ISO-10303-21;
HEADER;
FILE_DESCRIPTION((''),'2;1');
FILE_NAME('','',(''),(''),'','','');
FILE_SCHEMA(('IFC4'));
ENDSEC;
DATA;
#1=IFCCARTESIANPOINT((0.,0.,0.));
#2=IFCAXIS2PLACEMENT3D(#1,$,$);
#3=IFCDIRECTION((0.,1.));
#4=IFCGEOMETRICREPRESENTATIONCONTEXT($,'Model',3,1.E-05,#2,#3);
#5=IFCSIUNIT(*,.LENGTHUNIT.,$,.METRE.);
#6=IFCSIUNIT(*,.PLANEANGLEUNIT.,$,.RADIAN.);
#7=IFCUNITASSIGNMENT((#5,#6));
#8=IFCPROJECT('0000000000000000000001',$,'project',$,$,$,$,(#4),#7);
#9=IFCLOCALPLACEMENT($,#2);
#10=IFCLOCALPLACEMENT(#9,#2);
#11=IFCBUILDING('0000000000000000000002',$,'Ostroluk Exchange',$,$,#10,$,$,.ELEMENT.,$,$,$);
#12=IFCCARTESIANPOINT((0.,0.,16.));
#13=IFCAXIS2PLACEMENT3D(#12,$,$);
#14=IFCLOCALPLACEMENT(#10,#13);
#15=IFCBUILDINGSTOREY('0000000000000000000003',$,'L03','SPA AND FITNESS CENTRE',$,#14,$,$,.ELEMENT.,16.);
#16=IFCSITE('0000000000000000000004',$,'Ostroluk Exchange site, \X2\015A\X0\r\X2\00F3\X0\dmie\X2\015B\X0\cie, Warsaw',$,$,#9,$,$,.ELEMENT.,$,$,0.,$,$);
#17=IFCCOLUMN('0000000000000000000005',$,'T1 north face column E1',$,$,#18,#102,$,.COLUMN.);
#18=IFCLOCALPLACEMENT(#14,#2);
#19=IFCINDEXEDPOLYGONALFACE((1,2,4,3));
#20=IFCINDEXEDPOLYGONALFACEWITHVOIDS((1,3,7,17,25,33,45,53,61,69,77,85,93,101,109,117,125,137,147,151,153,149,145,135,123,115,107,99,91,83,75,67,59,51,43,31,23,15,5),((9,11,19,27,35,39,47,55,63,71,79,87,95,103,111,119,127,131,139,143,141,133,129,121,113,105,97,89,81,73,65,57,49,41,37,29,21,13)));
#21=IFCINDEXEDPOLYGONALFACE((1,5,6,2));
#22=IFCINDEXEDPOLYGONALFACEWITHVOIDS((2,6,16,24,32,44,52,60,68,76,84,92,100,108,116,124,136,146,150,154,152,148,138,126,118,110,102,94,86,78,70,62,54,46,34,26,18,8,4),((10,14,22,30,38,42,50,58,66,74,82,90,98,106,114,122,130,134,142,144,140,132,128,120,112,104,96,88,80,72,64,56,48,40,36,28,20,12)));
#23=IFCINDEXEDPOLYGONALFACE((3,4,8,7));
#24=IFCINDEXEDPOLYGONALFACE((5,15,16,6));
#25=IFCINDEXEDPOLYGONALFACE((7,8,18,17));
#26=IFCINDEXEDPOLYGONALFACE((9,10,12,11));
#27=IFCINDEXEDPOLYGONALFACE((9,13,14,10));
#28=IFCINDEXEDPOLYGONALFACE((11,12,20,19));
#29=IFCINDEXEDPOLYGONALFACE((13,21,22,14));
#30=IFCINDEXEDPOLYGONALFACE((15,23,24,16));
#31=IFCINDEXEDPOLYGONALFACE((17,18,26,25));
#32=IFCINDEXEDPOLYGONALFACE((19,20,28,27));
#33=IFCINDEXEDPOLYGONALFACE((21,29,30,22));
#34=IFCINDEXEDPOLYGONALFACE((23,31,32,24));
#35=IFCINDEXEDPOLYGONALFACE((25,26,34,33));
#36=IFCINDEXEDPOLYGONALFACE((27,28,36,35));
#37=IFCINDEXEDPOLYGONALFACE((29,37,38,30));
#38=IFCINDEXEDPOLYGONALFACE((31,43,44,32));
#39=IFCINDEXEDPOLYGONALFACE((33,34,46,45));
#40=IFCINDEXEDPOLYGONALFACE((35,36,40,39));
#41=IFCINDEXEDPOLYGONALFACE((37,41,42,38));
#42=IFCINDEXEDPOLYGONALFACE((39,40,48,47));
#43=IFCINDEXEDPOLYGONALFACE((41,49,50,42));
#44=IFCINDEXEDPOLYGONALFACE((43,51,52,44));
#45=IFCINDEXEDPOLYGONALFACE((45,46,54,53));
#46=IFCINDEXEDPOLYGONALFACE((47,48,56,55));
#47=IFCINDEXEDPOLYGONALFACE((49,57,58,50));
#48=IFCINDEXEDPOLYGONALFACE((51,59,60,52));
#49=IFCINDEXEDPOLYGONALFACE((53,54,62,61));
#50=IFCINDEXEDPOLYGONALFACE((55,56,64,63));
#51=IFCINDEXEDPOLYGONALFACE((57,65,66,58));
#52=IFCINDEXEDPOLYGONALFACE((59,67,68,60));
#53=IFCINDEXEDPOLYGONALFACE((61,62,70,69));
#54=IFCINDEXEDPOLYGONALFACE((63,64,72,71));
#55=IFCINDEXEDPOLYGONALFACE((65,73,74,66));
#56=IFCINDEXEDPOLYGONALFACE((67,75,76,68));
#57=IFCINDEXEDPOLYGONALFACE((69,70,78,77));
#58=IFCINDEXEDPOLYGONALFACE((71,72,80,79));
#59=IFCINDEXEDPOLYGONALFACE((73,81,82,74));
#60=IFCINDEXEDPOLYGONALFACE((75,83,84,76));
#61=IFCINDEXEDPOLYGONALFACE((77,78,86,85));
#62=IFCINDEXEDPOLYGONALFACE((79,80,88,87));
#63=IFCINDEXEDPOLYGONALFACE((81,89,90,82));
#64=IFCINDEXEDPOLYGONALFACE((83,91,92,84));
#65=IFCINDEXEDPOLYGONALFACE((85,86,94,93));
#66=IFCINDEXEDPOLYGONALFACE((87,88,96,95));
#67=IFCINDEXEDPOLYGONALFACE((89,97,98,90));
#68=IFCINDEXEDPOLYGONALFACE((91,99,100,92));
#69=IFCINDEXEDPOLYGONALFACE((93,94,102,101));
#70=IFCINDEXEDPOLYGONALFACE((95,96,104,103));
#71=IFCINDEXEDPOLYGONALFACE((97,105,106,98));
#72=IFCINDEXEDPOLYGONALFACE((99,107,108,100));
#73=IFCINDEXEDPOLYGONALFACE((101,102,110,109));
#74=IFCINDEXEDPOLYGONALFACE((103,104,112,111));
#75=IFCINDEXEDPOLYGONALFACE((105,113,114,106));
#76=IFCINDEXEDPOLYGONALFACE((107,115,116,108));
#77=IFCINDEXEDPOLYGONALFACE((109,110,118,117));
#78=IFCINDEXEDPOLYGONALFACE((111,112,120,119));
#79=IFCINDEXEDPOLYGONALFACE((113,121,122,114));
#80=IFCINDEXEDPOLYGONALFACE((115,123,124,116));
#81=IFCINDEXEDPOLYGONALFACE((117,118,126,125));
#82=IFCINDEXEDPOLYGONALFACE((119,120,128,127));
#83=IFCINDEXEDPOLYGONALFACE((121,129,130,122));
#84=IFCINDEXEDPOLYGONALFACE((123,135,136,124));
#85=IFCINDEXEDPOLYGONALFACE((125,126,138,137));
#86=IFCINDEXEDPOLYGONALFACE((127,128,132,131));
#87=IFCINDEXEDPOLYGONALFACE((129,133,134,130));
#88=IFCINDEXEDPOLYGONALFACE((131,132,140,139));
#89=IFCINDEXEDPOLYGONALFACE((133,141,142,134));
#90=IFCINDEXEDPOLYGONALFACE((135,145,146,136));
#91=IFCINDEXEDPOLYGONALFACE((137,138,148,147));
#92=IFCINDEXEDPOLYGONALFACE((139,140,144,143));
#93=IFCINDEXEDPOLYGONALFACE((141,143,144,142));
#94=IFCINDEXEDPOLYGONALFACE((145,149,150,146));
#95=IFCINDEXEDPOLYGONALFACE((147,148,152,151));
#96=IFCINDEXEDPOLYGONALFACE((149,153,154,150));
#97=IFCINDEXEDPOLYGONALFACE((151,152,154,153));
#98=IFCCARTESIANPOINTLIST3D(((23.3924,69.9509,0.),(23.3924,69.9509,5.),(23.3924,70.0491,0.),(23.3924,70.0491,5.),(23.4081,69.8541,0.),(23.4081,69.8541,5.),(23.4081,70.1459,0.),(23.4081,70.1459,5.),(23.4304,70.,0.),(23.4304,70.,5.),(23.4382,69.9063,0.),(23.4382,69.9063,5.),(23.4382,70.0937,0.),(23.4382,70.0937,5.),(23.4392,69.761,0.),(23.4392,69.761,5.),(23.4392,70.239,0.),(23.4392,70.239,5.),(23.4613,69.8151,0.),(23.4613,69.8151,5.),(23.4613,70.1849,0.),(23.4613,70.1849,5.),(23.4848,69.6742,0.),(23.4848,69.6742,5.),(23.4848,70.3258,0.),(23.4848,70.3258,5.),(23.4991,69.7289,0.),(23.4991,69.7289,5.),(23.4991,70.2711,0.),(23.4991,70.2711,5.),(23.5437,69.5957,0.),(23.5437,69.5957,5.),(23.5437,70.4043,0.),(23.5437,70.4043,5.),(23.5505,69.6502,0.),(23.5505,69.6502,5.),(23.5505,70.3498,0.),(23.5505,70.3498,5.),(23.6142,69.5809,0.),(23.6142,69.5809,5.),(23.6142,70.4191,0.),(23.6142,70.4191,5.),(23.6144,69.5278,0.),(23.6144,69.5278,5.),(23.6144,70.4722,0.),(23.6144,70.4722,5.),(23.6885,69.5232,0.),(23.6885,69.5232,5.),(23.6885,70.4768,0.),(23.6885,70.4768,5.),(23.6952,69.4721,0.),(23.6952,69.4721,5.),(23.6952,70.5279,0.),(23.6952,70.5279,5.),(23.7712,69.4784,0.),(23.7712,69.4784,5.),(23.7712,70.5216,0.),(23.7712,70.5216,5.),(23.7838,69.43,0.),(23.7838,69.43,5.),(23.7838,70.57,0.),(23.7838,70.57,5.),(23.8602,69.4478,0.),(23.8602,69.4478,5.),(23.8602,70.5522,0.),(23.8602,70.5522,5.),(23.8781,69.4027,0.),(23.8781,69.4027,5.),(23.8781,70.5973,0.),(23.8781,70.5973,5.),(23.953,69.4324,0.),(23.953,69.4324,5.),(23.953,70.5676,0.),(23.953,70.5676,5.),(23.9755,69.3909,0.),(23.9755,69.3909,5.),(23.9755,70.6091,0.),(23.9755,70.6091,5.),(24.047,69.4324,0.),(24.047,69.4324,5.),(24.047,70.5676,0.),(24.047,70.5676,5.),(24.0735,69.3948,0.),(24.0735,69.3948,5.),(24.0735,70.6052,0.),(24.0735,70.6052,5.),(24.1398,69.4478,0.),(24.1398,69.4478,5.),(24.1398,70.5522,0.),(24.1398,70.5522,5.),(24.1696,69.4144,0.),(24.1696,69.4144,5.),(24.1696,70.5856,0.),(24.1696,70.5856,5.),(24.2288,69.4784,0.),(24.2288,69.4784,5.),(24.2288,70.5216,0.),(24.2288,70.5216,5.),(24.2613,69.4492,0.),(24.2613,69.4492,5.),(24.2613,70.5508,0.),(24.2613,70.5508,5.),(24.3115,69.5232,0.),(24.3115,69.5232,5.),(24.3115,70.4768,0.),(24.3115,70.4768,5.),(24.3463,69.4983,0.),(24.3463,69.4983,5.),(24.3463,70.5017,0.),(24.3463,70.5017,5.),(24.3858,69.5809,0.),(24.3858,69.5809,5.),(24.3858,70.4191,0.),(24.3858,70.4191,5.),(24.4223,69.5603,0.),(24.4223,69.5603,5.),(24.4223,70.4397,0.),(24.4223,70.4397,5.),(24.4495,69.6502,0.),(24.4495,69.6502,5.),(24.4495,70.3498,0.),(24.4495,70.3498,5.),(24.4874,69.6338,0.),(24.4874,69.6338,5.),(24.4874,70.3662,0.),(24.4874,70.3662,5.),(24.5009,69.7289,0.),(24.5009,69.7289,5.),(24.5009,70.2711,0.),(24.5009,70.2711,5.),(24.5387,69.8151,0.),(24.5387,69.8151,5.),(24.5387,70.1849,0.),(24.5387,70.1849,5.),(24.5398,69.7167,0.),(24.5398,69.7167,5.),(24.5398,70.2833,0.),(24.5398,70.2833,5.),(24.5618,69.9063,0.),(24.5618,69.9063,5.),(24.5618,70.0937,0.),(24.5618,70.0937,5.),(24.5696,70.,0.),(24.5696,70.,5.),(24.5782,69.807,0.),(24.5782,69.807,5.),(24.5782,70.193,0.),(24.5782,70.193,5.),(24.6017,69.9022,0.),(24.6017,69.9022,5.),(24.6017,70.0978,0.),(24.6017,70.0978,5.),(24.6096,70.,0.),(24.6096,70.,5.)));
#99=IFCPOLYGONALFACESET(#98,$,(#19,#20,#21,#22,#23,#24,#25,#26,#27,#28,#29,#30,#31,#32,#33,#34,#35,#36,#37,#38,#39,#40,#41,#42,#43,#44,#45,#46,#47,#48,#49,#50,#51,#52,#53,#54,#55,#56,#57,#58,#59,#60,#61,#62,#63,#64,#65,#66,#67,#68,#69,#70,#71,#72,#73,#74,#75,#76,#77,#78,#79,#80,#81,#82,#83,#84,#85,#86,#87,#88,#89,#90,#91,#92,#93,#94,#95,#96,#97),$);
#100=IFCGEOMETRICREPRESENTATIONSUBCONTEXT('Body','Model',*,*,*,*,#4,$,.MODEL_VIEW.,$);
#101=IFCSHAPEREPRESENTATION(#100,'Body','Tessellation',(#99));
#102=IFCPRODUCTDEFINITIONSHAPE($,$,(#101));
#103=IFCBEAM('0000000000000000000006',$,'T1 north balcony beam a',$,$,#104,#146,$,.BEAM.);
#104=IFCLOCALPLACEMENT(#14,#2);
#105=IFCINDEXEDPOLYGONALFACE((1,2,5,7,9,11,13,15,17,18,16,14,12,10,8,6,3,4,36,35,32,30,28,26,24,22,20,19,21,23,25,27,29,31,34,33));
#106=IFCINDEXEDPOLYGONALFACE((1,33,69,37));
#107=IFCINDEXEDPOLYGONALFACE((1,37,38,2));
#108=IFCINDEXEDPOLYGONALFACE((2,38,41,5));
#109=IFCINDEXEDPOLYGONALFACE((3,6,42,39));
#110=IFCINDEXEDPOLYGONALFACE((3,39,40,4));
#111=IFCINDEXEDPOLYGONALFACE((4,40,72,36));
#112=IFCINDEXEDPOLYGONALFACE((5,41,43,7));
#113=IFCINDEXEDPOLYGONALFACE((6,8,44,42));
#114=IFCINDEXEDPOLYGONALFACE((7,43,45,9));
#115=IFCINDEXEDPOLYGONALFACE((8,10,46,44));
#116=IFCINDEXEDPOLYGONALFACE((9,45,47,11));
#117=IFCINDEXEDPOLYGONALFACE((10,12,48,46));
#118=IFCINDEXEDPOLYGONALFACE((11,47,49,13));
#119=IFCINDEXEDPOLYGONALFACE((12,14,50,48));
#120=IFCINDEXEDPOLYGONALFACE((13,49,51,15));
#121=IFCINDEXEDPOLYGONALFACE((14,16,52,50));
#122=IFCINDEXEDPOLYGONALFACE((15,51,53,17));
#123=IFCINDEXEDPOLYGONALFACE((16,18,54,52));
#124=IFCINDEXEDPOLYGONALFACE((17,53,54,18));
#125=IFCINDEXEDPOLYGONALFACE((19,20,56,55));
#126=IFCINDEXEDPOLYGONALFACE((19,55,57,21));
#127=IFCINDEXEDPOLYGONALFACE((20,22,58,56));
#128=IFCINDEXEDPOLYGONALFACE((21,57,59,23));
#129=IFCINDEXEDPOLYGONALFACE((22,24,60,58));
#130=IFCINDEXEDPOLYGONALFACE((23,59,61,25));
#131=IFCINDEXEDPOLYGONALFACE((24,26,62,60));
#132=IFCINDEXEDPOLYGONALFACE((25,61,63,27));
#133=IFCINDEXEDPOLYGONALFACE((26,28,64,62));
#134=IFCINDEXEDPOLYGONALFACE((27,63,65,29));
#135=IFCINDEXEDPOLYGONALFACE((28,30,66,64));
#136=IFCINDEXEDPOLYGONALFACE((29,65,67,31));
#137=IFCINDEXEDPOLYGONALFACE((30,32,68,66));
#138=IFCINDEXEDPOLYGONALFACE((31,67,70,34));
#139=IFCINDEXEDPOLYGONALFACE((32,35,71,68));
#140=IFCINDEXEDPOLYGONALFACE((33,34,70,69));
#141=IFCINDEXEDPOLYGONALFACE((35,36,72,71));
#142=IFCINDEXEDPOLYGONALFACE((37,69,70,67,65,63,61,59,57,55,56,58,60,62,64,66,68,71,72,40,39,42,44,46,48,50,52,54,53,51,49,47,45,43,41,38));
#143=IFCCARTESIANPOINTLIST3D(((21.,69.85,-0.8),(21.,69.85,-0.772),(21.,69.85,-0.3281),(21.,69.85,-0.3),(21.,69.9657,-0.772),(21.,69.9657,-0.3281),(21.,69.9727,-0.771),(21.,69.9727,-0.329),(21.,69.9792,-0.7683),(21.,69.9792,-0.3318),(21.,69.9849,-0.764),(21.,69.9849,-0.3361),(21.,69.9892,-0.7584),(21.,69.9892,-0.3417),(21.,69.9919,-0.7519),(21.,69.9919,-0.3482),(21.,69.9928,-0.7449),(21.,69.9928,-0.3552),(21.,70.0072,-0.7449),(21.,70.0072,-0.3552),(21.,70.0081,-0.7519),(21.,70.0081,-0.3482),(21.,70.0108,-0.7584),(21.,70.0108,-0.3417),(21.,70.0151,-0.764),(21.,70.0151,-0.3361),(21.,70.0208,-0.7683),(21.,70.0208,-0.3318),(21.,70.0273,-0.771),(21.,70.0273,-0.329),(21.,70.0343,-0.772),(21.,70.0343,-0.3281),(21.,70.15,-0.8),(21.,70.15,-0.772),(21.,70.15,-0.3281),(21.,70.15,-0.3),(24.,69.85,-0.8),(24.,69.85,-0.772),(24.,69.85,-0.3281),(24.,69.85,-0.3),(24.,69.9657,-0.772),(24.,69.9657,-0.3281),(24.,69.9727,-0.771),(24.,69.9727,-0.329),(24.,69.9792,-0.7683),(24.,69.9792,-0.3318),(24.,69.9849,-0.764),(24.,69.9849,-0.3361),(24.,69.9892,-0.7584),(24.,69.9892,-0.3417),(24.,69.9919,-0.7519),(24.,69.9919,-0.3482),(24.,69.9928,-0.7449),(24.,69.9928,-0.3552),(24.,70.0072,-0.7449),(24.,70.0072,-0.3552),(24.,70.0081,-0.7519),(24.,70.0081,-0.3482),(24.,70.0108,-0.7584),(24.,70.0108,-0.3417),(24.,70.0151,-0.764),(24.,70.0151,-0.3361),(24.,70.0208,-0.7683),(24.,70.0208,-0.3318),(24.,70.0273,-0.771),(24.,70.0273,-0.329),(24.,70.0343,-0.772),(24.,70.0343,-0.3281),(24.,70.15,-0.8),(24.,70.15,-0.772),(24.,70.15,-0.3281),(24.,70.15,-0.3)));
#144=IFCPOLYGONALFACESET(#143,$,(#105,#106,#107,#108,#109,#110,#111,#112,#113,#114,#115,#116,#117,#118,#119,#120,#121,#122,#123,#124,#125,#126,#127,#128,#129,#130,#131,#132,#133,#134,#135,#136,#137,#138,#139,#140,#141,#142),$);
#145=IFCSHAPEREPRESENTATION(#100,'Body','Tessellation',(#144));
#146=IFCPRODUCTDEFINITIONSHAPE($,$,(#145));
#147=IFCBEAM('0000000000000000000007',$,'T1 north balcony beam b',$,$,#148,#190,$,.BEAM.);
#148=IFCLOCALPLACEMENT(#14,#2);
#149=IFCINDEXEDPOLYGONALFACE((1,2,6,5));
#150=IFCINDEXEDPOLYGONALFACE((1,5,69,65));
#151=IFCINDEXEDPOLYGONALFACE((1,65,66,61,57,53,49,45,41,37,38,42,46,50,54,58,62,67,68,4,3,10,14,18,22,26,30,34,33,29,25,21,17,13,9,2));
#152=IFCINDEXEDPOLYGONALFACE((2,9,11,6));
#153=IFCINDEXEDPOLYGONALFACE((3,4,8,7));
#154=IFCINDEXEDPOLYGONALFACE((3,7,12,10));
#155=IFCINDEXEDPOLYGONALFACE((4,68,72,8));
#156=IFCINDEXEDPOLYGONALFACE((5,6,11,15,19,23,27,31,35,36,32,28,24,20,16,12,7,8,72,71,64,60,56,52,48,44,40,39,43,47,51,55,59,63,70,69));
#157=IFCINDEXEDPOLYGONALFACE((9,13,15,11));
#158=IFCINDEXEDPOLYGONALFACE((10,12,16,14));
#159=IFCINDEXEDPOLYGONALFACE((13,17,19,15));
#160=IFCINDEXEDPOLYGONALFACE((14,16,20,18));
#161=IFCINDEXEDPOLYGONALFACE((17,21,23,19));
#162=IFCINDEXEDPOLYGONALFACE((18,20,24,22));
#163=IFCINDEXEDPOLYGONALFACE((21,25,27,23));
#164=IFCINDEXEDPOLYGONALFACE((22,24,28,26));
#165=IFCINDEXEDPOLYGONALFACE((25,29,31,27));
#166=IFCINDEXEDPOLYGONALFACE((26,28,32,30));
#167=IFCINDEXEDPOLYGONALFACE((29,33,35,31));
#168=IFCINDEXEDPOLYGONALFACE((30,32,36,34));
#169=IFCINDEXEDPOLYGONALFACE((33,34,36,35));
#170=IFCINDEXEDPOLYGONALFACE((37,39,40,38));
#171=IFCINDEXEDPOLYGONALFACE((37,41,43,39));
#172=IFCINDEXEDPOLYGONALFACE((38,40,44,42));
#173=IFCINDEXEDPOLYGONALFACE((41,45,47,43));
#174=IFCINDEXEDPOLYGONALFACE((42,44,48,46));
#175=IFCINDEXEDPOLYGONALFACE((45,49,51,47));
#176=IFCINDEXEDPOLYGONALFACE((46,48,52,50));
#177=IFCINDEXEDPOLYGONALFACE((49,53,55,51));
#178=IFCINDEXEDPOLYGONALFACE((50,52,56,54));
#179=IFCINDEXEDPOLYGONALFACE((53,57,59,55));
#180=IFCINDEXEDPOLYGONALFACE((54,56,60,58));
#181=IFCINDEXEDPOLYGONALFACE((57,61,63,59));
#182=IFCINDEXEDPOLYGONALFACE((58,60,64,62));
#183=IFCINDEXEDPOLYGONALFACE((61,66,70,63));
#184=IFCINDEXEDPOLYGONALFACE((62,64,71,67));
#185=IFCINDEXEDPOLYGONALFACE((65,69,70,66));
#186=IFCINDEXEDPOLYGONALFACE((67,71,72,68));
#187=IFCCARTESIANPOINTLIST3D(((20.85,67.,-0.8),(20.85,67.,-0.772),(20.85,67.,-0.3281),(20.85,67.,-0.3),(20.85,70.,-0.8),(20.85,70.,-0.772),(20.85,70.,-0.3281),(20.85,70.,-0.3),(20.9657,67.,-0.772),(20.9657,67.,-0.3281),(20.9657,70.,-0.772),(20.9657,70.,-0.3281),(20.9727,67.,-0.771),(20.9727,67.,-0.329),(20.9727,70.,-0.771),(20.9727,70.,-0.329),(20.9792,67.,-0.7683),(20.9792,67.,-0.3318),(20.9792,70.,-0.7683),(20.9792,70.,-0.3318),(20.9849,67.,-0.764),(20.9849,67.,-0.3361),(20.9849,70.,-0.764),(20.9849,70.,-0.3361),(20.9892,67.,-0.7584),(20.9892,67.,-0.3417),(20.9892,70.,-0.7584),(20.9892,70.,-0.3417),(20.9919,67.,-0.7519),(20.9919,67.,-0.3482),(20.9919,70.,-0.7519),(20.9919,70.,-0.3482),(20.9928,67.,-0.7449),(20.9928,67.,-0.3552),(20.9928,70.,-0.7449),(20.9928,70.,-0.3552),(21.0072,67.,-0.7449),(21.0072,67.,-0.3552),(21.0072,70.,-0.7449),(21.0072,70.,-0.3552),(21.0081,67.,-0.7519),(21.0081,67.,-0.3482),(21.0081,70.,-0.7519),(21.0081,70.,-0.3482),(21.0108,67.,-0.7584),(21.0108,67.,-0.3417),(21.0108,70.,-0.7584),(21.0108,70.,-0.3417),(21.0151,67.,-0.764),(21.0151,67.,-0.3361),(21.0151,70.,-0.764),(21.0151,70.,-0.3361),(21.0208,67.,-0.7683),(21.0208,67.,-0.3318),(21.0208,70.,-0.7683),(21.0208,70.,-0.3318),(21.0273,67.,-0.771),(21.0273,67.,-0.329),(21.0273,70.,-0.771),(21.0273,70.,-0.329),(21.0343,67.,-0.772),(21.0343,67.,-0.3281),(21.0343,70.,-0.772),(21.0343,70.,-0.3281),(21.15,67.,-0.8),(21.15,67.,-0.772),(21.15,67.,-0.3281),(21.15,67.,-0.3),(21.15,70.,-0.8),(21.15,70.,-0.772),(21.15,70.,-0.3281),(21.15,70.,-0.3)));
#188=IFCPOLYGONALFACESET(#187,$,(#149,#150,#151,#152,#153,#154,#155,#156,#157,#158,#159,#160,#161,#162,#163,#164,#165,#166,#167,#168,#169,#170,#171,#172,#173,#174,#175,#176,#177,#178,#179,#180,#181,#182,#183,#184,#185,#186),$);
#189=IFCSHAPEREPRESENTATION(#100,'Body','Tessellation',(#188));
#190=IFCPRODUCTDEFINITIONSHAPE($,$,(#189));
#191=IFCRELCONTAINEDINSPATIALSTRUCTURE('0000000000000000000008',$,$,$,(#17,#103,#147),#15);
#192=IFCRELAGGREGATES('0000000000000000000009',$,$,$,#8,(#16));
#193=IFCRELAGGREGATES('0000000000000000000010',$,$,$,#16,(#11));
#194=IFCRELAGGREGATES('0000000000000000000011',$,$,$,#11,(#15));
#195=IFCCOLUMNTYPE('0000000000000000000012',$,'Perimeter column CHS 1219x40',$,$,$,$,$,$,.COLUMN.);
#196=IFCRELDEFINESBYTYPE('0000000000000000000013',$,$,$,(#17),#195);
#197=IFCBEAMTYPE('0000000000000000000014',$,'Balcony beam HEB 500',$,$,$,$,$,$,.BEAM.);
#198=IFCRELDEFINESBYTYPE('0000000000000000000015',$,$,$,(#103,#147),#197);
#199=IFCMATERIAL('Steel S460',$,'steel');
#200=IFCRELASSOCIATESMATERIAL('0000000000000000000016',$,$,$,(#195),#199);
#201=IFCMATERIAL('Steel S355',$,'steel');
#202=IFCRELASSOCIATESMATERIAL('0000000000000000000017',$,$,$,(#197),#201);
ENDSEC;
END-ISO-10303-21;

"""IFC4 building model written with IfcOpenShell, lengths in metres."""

from ifc_helpers import new_model, si_unit, direction, frame, origin, origin_2d, place, context, subcontext, project, spatial, hollow_circle, i_section, extrude, material, material_profile, profile_set, type_object, element, save


model = new_model("IFC4")

# Units and contexts
model_context = context("Model", 3, precision=1e-05, world=origin(), true_north=direction((0.0, 1.0)))
body_context = subcontext(model_context, "Body", "Model", "MODEL_VIEW")
ifc_project = project(units=[si_unit("LENGTHUNIT", "METRE"), si_unit("PLANEANGLEUNIT", "RADIAN")], contexts=[model_context])

# Site, building, storey
site_placement = place(None, origin())
site = spatial("IfcSite", under=ifc_project, at=site_placement, Name="Ostroluk Exchange site, Śródmieście, Warsaw", CompositionType="ELEMENT", RefElevation=0.0)
building_placement = place(site_placement, origin())
building = spatial("IfcBuilding", under=site, at=building_placement, Name="Ostroluk Exchange", CompositionType="ELEMENT")
storey_placement = place(building_placement, frame((0.0, 0.0, 16.0)))
storey = spatial("IfcBuildingStorey", under=building, at=storey_placement, Name="L03", Description="SPA AND FITNESS CENTRE", CompositionType="ELEMENT", Elevation=16.0)

# Column
ifc_material_1 = material(Name="Steel S460", Category="steel")
ifc_material_profile_1 = material_profile(ifc_material_1, hollow_circle(Radius=0.6096, WallThickness=0.04, at=origin_2d()), Name="CHS 1219x40")
ifc_profile_set_1 = profile_set([ifc_material_profile_1], Name="Steel S460")
column_type = type_object("IfcColumnType", Name="Perimeter column CHS 1219x40", PredefinedType="COLUMN", material=ifc_profile_set_1)
column_placement = place(storey_placement, frame((24.0, 70.0, 0.0), z_axis=(0.0, 0.0, 1.0), x_axis=(1.0, 0.0, 0.0)))
element("IfcColumn", 1, at=column_placement, inside=storey, type_object=column_type, Name="T1 north face column E1", PredefinedType="COLUMN", context=body_context, shape_type="SweptSolid", body=[
    extrude(hollow_circle(Radius=0.6096, WallThickness=0.04, at=origin_2d()), origin(), (0.0, 0.0, 1.0), 5.0),
])

# Beams
ifc_material_2 = material(Name="Steel S355", Category="steel")
ifc_material_profile_2 = material_profile(ifc_material_2, i_section(OverallWidth=0.3, OverallDepth=0.5, WebThickness=0.0144, FlangeThickness=0.0281, FilletRadius=0.0271, at=origin_2d()), Name="HEB 500")
ifc_profile_set_2 = profile_set([ifc_material_profile_2], Name="Steel S355")
beam_type_1 = type_object("IfcBeamType", Name="Balcony beam HEB 500", PredefinedType="BEAM", material=ifc_profile_set_2)
for number, where, z_axis, x_axis, name in (
    (2, (24.0, 70.0, -0.55), (-1.0, 0.0, 0.0), (0.0, -1.0, 0.0), "T1 north balcony beam a"),
    (3, (21.0, 67.0, -0.55), (0.0, 1.0, 0.0), (-1.0, 0.0, 0.0), "T1 north balcony beam b"),
):
    element("IfcBeam", number, at=place(storey_placement, frame(where, z_axis=z_axis, x_axis=x_axis)), inside=storey, type_object=beam_type_1, Name=name, PredefinedType="BEAM", context=body_context, shape_type="SweptSolid", body=[
        extrude(i_section(OverallWidth=0.3, OverallDepth=0.5, WebThickness=0.0144, FlangeThickness=0.0281, FilletRadius=0.0271, at=origin_2d()), origin(), (0.0, 0.0, 1.0), 3.0),
    ])

save(model, "model.ifc")
